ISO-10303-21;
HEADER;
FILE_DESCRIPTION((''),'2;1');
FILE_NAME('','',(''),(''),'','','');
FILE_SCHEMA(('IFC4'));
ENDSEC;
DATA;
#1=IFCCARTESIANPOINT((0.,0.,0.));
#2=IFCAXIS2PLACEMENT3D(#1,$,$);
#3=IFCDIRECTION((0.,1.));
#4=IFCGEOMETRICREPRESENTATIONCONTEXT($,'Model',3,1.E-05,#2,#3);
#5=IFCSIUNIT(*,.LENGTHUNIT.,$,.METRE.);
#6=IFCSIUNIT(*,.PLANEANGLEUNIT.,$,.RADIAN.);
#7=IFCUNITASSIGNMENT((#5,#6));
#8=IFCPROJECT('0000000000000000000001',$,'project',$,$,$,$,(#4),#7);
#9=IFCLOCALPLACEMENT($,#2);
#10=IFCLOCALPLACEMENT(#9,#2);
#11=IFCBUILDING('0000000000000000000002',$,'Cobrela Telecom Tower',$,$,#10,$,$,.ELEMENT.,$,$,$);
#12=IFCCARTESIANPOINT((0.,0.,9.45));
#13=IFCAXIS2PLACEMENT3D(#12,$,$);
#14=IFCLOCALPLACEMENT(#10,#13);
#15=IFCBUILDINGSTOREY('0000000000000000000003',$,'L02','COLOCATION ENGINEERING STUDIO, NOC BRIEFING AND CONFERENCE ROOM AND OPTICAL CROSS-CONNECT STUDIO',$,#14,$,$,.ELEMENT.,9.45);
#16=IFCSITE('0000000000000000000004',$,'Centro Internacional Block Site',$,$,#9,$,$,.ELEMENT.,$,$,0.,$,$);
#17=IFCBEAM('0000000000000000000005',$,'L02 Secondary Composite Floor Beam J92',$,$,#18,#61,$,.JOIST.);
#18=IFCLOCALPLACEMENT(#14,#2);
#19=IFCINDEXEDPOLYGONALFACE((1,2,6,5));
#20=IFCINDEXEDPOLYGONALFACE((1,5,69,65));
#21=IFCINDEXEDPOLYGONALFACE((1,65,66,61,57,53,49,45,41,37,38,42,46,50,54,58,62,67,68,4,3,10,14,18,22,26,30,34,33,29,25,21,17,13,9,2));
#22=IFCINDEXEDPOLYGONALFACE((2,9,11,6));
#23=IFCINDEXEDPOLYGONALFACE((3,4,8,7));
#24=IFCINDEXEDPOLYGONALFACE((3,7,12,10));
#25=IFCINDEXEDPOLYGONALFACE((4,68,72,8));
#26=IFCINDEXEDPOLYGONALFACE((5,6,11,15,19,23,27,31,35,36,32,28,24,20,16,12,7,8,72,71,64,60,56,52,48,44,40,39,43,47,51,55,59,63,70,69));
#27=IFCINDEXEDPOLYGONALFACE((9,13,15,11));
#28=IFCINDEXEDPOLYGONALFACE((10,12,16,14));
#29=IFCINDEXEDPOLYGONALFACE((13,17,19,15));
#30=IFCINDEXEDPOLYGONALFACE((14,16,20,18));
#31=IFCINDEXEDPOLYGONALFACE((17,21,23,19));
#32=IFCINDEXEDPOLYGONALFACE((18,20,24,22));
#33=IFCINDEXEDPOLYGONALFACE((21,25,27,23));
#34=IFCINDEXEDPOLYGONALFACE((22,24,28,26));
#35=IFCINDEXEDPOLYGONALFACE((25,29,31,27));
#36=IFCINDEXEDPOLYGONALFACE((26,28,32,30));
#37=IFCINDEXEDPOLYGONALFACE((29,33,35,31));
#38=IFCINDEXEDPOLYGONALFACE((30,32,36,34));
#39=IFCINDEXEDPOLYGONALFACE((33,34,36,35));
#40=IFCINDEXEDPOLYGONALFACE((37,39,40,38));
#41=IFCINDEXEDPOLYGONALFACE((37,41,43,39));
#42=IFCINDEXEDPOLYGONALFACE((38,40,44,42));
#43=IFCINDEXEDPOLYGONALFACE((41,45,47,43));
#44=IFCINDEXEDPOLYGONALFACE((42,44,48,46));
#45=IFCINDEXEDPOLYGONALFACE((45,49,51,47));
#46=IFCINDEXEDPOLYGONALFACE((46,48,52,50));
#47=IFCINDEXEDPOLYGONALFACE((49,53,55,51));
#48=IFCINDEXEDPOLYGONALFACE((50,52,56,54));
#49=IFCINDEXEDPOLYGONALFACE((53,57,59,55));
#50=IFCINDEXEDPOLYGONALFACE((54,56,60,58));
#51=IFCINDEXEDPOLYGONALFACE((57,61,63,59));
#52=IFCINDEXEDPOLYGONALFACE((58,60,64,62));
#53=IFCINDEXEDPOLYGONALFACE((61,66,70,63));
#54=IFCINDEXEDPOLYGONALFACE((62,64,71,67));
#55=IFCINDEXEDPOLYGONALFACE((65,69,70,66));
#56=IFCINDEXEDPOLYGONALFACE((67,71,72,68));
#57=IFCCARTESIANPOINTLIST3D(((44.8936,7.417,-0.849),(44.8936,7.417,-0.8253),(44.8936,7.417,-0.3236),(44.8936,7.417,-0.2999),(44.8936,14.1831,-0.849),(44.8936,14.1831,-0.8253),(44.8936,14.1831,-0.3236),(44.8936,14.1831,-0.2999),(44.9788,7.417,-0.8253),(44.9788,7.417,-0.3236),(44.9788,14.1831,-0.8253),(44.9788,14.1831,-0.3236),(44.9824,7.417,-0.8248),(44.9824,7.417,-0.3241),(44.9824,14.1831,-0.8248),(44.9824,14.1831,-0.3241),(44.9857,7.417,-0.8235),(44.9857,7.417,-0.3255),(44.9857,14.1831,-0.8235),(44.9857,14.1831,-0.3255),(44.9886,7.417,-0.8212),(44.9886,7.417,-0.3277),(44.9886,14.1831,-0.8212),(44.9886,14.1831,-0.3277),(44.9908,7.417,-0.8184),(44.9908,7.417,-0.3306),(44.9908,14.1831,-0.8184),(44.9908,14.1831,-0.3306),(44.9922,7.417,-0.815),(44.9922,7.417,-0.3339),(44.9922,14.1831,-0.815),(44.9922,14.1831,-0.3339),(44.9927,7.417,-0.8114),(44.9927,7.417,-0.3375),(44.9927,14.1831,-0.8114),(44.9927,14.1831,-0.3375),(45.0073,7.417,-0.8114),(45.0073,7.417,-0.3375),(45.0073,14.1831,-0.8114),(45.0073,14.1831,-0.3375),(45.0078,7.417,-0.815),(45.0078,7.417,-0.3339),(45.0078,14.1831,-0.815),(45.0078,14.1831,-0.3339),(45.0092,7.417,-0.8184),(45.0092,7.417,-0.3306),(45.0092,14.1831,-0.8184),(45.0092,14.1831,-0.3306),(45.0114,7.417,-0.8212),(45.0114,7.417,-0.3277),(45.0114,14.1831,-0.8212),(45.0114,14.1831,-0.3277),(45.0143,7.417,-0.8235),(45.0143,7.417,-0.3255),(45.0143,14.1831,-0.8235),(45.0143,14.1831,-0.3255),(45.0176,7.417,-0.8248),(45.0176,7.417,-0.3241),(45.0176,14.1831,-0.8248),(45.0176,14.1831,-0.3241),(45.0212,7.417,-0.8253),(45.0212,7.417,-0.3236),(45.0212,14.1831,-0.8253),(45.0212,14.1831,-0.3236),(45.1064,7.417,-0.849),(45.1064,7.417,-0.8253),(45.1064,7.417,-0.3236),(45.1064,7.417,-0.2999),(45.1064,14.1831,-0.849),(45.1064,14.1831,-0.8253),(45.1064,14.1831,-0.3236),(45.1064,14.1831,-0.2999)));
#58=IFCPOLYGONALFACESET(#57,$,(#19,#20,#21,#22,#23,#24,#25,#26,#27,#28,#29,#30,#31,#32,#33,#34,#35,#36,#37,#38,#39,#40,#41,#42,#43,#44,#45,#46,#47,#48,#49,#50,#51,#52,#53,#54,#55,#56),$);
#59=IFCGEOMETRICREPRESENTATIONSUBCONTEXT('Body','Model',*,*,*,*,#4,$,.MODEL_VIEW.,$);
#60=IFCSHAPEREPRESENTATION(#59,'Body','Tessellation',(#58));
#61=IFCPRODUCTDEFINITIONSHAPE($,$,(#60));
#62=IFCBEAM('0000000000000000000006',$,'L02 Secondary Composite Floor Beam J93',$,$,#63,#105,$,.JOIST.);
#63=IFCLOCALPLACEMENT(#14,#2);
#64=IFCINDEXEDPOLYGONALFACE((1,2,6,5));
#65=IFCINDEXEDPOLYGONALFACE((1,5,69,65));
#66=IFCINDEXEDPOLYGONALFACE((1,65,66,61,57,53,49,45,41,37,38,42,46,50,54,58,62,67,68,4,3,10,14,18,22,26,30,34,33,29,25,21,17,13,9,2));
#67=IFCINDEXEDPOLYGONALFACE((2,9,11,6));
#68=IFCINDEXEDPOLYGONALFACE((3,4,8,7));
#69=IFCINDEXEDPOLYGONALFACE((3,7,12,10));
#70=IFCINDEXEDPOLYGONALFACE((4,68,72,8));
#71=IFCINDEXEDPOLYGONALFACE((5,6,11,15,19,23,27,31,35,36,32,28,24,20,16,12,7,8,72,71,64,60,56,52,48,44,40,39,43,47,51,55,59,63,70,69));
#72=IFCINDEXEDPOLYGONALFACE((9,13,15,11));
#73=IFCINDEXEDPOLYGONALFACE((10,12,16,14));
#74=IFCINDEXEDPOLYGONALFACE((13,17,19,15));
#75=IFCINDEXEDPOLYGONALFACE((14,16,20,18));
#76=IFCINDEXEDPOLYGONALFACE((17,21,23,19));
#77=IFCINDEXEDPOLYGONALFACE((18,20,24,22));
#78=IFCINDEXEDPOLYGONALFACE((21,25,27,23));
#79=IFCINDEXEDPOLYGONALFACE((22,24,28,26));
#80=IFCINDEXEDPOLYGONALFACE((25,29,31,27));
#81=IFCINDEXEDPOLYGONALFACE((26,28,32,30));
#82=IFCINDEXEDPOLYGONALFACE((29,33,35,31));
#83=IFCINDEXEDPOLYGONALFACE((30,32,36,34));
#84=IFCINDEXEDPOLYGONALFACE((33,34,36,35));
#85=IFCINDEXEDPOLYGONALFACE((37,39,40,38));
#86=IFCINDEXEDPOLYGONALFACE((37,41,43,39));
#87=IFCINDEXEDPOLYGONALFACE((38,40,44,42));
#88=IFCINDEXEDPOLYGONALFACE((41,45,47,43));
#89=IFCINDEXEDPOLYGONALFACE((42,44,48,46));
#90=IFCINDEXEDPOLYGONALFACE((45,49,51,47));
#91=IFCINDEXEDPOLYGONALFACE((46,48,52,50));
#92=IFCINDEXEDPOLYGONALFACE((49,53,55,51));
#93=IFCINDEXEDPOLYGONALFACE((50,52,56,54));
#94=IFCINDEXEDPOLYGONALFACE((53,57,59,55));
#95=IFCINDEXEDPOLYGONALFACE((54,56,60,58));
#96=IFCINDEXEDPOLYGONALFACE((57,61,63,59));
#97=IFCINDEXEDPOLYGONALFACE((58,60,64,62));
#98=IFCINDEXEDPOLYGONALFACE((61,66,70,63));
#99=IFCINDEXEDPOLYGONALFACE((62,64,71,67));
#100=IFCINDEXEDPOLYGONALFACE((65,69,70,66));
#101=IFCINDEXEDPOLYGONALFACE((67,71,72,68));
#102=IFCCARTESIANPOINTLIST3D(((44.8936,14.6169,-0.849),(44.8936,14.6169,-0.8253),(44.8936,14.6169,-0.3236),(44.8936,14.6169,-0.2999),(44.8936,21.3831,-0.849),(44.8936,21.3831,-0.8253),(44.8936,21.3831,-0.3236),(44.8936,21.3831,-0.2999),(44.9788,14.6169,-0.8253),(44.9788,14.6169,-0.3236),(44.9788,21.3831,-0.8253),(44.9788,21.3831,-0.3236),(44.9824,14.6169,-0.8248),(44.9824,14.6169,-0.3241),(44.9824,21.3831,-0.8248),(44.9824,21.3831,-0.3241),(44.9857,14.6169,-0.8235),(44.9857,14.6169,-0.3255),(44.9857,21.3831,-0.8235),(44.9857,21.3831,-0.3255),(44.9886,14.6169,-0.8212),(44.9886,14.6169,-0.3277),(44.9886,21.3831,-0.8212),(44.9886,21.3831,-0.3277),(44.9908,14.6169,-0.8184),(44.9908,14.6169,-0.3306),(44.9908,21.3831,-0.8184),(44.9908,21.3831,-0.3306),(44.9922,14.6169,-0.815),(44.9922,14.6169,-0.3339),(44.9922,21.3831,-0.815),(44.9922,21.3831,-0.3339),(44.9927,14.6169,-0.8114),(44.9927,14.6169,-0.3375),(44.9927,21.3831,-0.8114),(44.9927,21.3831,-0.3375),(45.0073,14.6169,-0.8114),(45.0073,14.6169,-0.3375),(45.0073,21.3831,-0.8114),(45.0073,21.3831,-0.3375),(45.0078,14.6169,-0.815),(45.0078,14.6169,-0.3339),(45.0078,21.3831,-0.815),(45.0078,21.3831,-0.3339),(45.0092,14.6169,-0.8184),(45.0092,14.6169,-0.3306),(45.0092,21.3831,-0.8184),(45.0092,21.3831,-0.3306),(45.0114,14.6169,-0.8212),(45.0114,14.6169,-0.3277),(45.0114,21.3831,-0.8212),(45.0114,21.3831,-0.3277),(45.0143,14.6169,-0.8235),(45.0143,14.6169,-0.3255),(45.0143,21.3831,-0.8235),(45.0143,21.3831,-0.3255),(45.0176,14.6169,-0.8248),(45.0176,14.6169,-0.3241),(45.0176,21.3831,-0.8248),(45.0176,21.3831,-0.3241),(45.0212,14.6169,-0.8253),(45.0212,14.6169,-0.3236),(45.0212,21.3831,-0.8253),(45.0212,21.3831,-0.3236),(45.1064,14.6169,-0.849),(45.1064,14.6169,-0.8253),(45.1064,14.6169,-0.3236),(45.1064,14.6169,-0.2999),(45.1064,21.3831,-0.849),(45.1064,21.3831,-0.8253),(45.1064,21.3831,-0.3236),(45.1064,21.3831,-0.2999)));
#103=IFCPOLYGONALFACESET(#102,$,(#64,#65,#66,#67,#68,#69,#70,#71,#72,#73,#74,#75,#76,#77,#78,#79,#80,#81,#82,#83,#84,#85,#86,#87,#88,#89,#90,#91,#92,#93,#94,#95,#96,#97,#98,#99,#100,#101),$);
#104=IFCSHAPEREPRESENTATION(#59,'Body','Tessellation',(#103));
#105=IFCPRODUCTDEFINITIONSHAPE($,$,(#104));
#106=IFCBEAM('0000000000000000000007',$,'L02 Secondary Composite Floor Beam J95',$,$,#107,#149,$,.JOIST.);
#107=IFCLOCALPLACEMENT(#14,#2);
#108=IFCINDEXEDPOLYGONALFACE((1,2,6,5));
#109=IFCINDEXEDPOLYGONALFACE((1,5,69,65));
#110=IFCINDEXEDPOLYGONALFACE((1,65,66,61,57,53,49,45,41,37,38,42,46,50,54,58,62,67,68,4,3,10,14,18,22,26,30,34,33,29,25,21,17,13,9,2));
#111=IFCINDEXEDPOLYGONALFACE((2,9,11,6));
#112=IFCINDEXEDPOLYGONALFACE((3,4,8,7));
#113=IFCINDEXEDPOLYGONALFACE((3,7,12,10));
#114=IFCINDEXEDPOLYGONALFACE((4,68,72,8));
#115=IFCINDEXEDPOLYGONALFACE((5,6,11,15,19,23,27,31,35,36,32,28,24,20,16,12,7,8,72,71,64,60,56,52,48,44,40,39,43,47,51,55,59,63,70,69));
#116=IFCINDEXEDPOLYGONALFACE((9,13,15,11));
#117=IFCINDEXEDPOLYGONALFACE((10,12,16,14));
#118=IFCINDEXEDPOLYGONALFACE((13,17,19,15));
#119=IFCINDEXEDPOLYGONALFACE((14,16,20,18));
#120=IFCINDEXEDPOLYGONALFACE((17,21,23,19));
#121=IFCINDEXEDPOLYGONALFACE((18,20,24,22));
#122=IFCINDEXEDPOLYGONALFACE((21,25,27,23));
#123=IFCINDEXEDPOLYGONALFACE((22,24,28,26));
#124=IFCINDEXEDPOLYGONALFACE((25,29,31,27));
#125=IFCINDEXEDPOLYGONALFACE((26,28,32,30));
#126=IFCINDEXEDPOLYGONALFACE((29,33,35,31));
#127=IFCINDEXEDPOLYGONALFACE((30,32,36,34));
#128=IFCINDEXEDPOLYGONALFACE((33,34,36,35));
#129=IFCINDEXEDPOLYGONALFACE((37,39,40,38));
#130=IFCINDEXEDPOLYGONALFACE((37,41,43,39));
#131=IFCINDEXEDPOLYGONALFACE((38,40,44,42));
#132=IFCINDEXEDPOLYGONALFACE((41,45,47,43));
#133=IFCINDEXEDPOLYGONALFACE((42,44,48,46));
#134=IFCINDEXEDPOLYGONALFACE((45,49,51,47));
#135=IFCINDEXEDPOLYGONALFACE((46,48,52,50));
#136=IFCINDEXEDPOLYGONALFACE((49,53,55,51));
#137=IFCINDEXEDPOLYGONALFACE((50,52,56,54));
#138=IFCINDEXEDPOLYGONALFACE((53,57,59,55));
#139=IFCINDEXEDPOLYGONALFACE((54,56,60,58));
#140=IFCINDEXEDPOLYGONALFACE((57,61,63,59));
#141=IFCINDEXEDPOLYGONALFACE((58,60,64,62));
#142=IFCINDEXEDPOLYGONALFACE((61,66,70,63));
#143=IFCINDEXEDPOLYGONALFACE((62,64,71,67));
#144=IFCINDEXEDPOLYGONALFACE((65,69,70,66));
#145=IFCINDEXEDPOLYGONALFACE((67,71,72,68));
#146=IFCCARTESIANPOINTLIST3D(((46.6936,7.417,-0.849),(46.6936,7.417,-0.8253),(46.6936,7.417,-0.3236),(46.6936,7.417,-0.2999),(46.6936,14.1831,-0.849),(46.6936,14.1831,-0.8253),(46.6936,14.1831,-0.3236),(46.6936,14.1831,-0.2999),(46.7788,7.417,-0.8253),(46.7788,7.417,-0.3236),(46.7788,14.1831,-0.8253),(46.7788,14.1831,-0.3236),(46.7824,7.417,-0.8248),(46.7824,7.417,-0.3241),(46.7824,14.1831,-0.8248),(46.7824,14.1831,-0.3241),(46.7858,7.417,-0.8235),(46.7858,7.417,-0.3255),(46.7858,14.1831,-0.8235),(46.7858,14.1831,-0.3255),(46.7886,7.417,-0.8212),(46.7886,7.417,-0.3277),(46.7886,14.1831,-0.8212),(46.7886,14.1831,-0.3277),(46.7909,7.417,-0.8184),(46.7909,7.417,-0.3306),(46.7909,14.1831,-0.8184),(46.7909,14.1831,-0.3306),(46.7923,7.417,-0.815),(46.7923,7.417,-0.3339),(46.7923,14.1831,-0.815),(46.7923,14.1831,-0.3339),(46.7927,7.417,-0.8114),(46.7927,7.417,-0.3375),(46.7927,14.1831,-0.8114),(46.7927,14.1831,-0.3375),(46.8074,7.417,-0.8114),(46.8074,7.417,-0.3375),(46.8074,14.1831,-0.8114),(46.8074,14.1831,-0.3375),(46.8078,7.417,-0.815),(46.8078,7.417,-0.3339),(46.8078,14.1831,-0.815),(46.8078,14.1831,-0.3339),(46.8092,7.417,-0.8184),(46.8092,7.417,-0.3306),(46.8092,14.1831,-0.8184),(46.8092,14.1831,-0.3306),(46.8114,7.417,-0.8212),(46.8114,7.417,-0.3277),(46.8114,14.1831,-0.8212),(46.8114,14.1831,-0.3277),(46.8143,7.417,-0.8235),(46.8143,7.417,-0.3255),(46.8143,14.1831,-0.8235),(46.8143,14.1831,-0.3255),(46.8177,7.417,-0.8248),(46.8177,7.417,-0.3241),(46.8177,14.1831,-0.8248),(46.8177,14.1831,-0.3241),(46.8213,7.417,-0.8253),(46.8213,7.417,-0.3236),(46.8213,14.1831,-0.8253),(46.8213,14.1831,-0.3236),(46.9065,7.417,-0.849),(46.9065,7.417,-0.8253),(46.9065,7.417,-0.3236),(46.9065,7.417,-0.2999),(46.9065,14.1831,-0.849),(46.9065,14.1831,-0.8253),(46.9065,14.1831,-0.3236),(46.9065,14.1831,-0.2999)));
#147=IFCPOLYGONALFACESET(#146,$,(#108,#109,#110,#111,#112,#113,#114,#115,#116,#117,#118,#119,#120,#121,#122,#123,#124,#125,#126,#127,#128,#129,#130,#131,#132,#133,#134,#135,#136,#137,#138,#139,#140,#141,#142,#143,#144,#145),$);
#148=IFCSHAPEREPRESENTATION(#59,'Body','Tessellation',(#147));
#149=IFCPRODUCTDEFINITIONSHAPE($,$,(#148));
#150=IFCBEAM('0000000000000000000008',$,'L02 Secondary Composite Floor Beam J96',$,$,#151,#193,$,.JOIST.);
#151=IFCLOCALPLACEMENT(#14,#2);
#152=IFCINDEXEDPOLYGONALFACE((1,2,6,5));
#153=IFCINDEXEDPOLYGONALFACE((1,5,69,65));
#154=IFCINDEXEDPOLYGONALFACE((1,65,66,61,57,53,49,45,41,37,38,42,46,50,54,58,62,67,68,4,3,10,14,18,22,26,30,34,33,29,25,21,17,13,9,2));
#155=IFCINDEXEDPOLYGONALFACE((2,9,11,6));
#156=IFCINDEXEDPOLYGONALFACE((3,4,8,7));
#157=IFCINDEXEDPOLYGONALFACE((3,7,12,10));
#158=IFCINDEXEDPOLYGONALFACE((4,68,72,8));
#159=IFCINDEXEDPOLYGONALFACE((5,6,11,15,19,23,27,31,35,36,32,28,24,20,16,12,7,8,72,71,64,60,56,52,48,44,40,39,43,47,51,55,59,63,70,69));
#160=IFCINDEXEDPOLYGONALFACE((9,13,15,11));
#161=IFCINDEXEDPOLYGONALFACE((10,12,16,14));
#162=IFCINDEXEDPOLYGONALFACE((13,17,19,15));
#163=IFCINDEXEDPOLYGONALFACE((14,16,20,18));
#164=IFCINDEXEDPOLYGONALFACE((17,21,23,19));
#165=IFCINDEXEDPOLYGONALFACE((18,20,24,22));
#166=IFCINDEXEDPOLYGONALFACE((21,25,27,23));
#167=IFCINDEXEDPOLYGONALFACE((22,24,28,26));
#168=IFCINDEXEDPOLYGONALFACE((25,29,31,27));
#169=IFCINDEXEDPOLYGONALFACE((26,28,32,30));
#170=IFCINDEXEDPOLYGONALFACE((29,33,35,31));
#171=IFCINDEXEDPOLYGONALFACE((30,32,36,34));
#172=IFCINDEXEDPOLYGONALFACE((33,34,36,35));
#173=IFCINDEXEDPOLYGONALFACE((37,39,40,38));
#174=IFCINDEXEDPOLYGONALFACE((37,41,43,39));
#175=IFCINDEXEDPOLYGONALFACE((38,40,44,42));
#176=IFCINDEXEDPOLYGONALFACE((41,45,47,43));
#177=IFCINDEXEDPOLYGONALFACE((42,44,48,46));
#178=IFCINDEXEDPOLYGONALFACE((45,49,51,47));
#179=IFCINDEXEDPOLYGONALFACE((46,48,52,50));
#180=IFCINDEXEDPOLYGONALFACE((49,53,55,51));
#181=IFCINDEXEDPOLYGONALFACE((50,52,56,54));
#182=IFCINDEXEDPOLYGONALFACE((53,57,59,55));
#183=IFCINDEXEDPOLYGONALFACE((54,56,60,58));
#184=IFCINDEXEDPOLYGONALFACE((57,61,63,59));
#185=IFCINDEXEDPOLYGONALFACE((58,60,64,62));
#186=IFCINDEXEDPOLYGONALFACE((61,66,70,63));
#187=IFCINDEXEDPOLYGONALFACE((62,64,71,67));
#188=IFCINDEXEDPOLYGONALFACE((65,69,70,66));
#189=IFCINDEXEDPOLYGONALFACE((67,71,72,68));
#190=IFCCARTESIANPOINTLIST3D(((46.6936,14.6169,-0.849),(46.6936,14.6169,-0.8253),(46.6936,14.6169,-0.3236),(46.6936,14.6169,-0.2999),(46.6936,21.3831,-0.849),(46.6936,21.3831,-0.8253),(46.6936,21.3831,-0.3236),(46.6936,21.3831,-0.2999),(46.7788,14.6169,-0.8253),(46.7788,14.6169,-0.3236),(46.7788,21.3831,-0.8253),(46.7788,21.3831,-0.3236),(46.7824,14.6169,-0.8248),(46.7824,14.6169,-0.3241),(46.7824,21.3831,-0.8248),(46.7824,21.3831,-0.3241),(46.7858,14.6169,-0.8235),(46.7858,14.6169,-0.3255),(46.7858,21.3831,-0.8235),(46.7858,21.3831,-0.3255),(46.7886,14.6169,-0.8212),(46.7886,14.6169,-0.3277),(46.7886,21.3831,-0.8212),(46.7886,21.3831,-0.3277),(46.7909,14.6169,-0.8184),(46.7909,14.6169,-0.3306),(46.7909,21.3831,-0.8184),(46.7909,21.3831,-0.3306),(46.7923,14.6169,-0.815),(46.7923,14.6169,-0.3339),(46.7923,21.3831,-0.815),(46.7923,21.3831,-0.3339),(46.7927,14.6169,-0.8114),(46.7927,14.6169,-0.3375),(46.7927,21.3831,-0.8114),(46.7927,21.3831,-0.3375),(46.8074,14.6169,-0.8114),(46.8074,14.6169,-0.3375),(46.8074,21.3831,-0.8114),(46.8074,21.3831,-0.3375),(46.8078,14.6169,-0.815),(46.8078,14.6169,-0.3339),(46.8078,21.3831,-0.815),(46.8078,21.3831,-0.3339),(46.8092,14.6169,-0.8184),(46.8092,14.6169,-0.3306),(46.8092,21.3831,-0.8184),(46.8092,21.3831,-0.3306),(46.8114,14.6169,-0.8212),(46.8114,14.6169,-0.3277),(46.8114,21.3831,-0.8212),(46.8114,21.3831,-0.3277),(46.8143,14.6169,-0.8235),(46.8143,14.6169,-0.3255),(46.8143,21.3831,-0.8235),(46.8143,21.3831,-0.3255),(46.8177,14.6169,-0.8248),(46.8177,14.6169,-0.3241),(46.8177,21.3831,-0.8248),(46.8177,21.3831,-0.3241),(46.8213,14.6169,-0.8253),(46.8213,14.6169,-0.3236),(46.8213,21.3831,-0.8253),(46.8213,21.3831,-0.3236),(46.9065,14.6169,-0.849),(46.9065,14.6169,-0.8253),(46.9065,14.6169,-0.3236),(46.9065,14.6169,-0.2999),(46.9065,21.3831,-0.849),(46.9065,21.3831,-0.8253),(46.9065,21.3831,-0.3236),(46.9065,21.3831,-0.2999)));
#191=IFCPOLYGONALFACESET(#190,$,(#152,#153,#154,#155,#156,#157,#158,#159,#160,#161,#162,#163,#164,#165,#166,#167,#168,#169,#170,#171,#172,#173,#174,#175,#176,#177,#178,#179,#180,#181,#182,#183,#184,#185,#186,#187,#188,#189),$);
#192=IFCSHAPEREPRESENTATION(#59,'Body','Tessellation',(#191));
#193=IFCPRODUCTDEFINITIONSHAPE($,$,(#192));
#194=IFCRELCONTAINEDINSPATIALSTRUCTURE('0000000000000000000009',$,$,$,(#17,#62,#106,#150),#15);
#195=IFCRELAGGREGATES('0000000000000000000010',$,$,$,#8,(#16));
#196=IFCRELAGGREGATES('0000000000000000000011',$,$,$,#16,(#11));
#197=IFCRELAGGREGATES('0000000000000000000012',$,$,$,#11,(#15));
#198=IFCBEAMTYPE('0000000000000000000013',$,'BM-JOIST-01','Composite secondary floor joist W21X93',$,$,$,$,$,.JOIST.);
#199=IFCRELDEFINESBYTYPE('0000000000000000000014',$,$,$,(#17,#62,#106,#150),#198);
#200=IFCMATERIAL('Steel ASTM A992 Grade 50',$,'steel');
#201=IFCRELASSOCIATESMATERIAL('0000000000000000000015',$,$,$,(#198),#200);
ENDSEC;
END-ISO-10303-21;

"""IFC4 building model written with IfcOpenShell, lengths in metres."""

from ifc_helpers import new_model, si_unit, direction, frame, origin, origin_2d, place, context, subcontext, project, spatial, i_section, extrude, material, material_profile, profile_set, type_object, element, save


model = new_model("IFC4")

# Units and contexts
model_context = context("Model", 3, precision=1e-05, world=origin(), true_north=direction((0.0, 1.0)))
body_context = subcontext(model_context, "Body", "Model", "MODEL_VIEW")
ifc_project = project(units=[si_unit("LENGTHUNIT", "METRE"), si_unit("PLANEANGLEUNIT", "RADIAN")], contexts=[model_context])

# Site, building, storey
site_placement = place(None, origin())
site = spatial("IfcSite", under=ifc_project, at=site_placement, Name="Centro Internacional Block Site", CompositionType="ELEMENT", RefElevation=0.0)
building_placement = place(site_placement, origin())
building = spatial("IfcBuilding", under=site, at=building_placement, Name="Cobrela Telecom Tower", CompositionType="ELEMENT")
storey_placement = place(building_placement, frame((0.0, 0.0, 9.45)))
storey = spatial("IfcBuildingStorey", under=building, at=storey_placement, Name="L02", Description="COLOCATION ENGINEERING STUDIO, NOC BRIEFING AND CONFERENCE ROOM AND OPTICAL CROSS-CONNECT STUDIO", CompositionType="ELEMENT", Elevation=9.45)

# Beams
ifc_material_1 = material(Name="Steel ASTM A992 Grade 50", Category="steel")
ifc_material_profile_1 = material_profile(ifc_material_1, i_section(OverallWidth=0.2129, OverallDepth=0.5491, WebThickness=0.0146, FlangeThickness=0.0237, FilletRadius=0.0139, at=origin_2d()), Name="W21X93")
ifc_profile_set_1 = profile_set([ifc_material_profile_1], Name="Steel ASTM A992 Grade 50")
beam_type_1 = type_object("IfcBeamType", Name="BM-JOIST-01", Description="Composite secondary floor joist W21X93", PredefinedType="JOIST", material=ifc_profile_set_1)
for number, where, z_axis, x_axis, name in (
    (1, (45.0, 7.417, -0.5745), (0.0, 1.0, 0.0), (-1.0, 0.0, 0.0), "L02 Secondary Composite Floor Beam J92"),
    (2, (45.0, 14.6169, -0.5745), (0.0, 1.0, 0.0), (-1.0, 0.0, 0.0), "L02 Secondary Composite Floor Beam J93"),
    (3, (46.8, 7.417, -0.5745), (0.0, 1.0, 0.0), (-1.0, 0.0, 0.0), "L02 Secondary Composite Floor Beam J95"),
    (4, (46.8, 14.6169, -0.5745), (0.0, 1.0, 0.0), (-1.0, 0.0, 0.0), "L02 Secondary Composite Floor Beam J96"),
):
    element("IfcBeam", number, at=place(storey_placement, frame(where, z_axis=z_axis, x_axis=x_axis)), inside=storey, type_object=beam_type_1, Name=name, PredefinedType="JOIST", context=body_context, shape_type="SweptSolid", body=[
        extrude(i_section(OverallWidth=0.2129, OverallDepth=0.5491, WebThickness=0.0146, FlangeThickness=0.0237, FilletRadius=0.0139, at=origin_2d()), origin(), (0.0, 0.0, 1.0), 6.7661),
    ])

save(model, "model.ifc")
